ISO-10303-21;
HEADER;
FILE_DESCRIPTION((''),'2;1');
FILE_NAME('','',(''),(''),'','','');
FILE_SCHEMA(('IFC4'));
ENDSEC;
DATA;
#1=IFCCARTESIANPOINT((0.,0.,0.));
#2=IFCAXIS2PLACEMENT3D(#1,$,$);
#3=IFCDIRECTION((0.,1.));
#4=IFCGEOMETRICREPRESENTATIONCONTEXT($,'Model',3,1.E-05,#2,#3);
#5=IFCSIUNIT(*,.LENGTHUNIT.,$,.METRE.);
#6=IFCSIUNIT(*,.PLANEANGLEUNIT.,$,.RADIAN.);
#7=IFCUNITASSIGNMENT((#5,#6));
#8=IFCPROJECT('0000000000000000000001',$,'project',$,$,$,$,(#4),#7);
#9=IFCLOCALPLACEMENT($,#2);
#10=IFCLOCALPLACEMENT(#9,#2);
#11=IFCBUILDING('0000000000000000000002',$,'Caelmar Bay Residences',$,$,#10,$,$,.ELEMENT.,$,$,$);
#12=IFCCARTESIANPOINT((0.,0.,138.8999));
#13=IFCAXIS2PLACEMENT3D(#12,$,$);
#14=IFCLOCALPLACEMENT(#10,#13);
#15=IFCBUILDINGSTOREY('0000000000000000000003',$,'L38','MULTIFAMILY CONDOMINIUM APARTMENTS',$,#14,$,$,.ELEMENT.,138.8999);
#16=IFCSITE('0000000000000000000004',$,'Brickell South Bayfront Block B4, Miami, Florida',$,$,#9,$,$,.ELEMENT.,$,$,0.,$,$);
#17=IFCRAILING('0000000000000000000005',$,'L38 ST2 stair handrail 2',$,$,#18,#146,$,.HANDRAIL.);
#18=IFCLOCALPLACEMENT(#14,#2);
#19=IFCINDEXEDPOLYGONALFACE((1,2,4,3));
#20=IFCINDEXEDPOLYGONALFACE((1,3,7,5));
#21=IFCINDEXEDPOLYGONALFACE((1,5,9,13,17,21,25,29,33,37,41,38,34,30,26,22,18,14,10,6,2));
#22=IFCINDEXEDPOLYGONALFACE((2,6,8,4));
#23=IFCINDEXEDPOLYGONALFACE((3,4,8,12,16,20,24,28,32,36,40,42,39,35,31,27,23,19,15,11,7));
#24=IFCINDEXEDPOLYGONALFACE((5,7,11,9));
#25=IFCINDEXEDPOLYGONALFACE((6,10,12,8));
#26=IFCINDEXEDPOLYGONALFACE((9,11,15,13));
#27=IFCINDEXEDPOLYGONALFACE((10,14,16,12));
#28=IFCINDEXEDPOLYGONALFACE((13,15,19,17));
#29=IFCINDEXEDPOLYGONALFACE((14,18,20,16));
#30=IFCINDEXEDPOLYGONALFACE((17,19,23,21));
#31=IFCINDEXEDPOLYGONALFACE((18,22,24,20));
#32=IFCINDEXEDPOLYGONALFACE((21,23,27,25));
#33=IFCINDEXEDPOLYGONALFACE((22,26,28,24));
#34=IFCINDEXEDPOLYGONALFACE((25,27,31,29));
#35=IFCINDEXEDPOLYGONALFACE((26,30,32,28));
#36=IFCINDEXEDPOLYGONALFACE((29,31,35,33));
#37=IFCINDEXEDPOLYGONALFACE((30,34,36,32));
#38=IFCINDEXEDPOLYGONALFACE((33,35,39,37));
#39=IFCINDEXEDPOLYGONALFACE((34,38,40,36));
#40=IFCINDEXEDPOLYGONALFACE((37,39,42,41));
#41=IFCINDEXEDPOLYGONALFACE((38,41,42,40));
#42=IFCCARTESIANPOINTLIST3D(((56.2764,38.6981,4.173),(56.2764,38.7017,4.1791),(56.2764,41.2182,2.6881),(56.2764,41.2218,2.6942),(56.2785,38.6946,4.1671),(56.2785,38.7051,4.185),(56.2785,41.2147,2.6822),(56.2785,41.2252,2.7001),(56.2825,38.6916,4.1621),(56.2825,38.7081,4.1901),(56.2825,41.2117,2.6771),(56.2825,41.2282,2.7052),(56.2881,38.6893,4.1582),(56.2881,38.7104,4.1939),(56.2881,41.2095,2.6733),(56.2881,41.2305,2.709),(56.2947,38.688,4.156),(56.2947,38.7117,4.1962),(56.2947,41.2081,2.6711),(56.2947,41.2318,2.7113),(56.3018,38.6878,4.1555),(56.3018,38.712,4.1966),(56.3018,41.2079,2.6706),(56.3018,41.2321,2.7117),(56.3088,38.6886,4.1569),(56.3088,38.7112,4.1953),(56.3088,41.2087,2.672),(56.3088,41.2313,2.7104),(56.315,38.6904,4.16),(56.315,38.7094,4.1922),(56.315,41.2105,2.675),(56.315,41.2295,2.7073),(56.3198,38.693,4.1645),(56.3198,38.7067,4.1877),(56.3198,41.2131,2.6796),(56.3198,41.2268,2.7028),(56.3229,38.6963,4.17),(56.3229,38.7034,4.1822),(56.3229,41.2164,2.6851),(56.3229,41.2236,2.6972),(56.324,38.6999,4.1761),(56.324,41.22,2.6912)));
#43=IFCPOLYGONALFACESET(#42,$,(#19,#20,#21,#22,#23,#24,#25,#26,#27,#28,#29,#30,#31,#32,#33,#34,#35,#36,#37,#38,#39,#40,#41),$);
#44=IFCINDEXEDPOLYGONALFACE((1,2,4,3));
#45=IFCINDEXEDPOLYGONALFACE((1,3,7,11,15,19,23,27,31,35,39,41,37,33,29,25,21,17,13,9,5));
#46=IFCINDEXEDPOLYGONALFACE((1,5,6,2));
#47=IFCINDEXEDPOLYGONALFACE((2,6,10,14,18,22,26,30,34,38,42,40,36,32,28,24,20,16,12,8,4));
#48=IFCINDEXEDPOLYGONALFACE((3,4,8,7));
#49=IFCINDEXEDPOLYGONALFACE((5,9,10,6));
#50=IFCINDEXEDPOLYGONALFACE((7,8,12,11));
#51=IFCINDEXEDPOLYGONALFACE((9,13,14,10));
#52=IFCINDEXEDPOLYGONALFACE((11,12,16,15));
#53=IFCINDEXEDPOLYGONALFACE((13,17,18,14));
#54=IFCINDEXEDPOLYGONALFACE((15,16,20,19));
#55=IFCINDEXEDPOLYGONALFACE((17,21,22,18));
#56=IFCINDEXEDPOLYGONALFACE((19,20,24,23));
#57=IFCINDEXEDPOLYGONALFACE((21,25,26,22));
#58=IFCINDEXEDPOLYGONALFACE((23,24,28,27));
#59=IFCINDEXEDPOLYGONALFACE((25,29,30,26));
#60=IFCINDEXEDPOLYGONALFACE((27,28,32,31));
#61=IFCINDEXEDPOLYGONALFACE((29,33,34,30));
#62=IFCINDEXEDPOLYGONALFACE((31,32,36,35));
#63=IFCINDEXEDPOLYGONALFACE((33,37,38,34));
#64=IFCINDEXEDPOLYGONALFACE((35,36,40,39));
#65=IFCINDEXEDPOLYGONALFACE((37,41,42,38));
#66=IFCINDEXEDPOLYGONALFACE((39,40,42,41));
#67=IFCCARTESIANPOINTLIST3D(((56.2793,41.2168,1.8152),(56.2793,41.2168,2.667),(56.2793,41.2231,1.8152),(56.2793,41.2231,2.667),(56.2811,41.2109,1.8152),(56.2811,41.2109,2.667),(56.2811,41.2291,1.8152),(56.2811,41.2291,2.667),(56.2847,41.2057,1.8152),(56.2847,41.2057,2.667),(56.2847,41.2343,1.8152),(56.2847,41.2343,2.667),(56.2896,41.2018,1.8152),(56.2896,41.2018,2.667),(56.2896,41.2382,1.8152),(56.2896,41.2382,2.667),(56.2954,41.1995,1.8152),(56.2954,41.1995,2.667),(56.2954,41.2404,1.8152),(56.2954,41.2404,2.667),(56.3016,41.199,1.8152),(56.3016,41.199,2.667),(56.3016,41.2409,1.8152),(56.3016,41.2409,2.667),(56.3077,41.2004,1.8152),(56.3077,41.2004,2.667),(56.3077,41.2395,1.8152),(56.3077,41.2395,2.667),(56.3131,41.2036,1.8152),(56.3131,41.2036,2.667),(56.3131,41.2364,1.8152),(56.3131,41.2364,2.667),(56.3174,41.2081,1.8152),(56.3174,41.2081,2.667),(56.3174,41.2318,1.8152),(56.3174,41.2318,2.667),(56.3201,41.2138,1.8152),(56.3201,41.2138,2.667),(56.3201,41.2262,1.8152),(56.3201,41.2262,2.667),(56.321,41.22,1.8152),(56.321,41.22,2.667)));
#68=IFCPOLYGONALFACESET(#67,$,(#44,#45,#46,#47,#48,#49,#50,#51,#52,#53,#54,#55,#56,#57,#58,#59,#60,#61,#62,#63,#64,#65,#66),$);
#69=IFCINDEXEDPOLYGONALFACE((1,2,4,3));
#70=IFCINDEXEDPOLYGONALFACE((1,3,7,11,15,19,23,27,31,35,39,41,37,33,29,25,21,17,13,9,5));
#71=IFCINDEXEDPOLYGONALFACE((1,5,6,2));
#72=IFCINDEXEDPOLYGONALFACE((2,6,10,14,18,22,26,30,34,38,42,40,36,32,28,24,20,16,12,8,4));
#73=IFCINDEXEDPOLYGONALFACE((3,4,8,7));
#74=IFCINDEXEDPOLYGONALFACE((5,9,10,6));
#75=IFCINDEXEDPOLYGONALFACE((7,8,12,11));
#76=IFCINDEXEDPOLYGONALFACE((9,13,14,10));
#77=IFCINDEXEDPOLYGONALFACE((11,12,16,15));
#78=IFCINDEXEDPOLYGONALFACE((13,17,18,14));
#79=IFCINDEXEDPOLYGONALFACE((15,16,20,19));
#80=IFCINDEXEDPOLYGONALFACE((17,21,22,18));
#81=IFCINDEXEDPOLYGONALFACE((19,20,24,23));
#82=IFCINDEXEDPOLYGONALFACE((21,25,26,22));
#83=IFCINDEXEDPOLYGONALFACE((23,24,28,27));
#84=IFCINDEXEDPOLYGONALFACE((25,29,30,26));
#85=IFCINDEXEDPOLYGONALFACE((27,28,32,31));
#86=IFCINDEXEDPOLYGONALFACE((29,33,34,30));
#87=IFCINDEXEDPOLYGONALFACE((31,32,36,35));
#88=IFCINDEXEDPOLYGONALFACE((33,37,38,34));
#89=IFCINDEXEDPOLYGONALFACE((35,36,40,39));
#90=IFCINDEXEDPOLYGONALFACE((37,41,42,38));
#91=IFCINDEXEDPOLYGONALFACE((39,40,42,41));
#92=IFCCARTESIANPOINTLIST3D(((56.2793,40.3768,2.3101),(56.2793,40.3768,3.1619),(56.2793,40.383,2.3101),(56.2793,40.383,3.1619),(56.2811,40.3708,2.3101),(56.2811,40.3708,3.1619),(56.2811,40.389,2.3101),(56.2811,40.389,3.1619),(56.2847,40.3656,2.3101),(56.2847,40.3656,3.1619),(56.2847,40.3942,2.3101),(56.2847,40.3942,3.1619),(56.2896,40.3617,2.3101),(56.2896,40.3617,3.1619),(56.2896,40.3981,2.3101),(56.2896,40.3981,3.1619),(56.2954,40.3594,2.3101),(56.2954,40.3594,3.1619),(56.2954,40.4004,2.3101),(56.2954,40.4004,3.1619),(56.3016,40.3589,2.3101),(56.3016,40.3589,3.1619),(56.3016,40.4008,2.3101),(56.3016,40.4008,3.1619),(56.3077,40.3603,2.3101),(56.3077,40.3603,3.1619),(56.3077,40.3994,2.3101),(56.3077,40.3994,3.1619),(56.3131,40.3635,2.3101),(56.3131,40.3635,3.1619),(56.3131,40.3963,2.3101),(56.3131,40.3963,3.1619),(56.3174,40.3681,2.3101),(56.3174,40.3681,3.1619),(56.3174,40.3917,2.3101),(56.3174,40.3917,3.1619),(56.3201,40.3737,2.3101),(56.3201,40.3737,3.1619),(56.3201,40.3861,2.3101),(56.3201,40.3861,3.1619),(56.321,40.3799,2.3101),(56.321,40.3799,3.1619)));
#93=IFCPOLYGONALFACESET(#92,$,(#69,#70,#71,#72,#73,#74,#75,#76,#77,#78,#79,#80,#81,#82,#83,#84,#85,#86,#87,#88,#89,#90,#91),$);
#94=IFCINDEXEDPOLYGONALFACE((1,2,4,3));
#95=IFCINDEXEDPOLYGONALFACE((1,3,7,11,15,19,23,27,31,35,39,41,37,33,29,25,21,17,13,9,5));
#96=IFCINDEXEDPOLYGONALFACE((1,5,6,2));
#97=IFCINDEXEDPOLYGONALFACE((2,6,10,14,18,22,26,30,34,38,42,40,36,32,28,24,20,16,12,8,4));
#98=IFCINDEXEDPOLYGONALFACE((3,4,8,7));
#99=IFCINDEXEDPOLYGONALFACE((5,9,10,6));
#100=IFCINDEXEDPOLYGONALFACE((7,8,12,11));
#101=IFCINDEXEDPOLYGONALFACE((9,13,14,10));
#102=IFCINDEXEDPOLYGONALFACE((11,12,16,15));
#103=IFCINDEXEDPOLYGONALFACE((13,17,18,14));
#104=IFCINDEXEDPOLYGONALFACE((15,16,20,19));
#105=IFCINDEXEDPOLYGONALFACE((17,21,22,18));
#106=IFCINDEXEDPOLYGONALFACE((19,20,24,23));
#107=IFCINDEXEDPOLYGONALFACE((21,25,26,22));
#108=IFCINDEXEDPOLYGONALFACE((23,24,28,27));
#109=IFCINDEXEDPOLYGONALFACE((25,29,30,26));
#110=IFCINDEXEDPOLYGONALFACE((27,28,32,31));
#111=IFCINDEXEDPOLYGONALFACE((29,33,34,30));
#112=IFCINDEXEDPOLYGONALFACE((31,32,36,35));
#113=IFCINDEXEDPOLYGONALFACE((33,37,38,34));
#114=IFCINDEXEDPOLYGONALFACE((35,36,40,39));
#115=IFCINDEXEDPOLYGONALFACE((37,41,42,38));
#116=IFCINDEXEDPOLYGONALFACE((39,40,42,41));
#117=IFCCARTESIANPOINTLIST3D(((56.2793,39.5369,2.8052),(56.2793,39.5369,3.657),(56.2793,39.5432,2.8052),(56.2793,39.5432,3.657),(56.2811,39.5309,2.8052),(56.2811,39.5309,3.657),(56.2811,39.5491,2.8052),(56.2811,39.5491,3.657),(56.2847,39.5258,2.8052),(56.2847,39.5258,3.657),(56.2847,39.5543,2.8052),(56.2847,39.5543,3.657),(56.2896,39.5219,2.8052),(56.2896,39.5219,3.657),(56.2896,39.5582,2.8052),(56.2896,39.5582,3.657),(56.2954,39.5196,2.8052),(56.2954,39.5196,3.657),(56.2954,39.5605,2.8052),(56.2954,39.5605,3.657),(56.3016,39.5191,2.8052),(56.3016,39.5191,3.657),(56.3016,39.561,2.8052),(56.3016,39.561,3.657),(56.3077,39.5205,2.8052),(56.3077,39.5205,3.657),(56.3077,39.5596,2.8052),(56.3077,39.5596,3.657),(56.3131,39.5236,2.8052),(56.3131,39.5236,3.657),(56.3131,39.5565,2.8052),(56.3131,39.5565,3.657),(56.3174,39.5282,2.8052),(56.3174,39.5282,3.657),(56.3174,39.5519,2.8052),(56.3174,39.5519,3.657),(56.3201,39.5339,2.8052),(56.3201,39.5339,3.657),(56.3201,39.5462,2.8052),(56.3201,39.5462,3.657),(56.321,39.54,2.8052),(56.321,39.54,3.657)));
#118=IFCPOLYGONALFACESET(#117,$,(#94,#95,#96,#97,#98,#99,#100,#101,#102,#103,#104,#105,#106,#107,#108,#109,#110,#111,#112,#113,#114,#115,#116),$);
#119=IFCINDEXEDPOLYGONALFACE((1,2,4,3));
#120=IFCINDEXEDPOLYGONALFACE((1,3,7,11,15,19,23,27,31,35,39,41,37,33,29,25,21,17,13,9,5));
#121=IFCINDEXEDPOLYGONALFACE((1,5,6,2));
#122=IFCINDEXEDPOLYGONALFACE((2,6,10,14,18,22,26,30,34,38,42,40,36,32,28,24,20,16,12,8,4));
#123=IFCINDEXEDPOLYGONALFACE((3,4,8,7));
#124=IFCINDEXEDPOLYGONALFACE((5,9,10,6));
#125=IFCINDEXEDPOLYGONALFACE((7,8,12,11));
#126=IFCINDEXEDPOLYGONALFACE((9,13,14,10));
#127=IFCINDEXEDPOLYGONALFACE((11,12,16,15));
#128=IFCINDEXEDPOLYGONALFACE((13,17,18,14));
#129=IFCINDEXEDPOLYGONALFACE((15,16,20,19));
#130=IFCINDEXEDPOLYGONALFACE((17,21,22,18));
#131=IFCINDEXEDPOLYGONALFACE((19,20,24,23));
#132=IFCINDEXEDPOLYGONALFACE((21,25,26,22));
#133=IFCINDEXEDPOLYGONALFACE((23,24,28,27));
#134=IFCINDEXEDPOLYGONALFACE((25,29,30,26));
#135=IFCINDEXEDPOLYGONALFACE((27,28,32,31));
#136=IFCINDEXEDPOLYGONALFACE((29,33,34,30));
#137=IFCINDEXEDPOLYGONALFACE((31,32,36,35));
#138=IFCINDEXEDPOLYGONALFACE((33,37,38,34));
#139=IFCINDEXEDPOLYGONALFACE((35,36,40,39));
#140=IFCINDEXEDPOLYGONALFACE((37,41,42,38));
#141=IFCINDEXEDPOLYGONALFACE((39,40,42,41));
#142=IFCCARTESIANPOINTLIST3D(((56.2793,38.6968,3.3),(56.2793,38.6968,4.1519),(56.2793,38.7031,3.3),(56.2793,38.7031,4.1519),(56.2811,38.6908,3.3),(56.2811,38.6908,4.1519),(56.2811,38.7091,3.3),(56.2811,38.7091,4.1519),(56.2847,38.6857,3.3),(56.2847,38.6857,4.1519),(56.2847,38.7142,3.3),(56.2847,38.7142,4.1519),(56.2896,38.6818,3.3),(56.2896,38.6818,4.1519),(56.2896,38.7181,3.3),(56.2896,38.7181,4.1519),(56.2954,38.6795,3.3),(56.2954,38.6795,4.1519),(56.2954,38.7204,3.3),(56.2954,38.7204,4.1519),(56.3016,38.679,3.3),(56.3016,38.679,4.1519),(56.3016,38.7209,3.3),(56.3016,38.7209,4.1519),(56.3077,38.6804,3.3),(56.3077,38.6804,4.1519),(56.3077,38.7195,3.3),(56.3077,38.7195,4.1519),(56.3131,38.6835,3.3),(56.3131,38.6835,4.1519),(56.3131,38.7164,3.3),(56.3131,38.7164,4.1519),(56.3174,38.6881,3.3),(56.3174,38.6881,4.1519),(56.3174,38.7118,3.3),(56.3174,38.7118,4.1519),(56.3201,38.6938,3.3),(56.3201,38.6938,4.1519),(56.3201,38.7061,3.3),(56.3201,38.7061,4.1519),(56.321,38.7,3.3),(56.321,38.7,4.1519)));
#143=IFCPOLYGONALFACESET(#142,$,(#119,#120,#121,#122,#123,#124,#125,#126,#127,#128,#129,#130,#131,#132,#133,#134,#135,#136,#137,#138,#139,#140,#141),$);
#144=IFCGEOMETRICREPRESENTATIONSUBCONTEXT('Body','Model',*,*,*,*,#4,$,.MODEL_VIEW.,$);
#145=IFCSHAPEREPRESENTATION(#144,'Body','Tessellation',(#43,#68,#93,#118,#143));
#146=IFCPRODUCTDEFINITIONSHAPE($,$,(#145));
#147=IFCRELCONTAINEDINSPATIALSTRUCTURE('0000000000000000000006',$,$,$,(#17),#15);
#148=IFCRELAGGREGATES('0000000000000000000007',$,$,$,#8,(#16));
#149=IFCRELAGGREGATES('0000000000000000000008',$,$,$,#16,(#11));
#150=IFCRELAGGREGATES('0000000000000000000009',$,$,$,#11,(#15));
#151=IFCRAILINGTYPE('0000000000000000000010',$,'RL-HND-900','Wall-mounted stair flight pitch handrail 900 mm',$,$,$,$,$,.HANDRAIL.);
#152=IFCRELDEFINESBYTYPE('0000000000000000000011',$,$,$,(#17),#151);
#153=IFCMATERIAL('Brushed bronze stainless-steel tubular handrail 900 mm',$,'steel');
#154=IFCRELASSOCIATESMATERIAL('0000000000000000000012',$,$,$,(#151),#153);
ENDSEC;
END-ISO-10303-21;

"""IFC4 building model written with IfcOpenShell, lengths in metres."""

from ifc_helpers import new_model, si_unit, direction, frame, origin, origin_2d, place, context, subcontext, project, spatial, circle, extrude, material, type_object, element, save


model = new_model("IFC4")

# Units and contexts
model_context = context("Model", 3, precision=1e-05, world=origin(), true_north=direction((0.0, 1.0)))
body_context = subcontext(model_context, "Body", "Model", "MODEL_VIEW")
ifc_project = project(units=[si_unit("LENGTHUNIT", "METRE"), si_unit("PLANEANGLEUNIT", "RADIAN")], contexts=[model_context])

# Site, building, storey
site_placement = place(None, origin())
site = spatial("IfcSite", under=ifc_project, at=site_placement, Name="Brickell South Bayfront Block B4, Miami, Florida", CompositionType="ELEMENT", RefElevation=0.0)
building_placement = place(site_placement, origin())
building = spatial("IfcBuilding", under=site, at=building_placement, Name="Caelmar Bay Residences", CompositionType="ELEMENT")
storey_placement = place(building_placement, frame((0.0, 0.0, 138.8999)))
storey = spatial("IfcBuildingStorey", under=building, at=storey_placement, Name="L38", Description="MULTIFAMILY CONDOMINIUM APARTMENTS", CompositionType="ELEMENT", Elevation=138.8999)

# Railing
ifc_material_1 = material(Name="Brushed bronze stainless-steel tubular handrail 900 mm", Category="steel")
railing_type_1 = type_object("IfcRailingType", Name="RL-HND-900", Description="Wall-mounted stair flight pitch handrail 900 mm", PredefinedType="HANDRAIL", material=ifc_material_1)
railing_1_placement = place(storey_placement, frame((56.3, 41.22, 1.8152)))
element("IfcRailing", 1, at=railing_1_placement, inside=storey, type_object=railing_type_1, Name="L38 ST2 stair handrail 2", PredefinedType="HANDRAIL", context=body_context, shape_type="SweptSolid", body=[
    extrude(circle(Radius=0.0239, at=origin_2d()), frame((0.0, 0.0, 0.876), z_axis=(0.0, -0.861561, 0.507655), x_axis=(1.0, 0.0, 0.0)), (0.0, 0.0, 1.0), 2.925),
    extrude(circle(Radius=0.021, at=origin_2d()), origin(), (0.0, 0.0, 1.0), 0.8518),
    extrude(circle(Radius=0.021, at=origin_2d()), frame((0.0, -0.8401, 0.4949)), (0.0, 0.0, 1.0), 0.8518),
    extrude(circle(Radius=0.021, at=origin_2d()), frame((0.0, -1.6799, 0.99)), (0.0, 0.0, 1.0), 0.8518),
    extrude(circle(Radius=0.021, at=origin_2d()), frame((0.0, -2.52, 1.4849)), (0.0, 0.0, 1.0), 0.8518),
])

save(model, "model.ifc")
